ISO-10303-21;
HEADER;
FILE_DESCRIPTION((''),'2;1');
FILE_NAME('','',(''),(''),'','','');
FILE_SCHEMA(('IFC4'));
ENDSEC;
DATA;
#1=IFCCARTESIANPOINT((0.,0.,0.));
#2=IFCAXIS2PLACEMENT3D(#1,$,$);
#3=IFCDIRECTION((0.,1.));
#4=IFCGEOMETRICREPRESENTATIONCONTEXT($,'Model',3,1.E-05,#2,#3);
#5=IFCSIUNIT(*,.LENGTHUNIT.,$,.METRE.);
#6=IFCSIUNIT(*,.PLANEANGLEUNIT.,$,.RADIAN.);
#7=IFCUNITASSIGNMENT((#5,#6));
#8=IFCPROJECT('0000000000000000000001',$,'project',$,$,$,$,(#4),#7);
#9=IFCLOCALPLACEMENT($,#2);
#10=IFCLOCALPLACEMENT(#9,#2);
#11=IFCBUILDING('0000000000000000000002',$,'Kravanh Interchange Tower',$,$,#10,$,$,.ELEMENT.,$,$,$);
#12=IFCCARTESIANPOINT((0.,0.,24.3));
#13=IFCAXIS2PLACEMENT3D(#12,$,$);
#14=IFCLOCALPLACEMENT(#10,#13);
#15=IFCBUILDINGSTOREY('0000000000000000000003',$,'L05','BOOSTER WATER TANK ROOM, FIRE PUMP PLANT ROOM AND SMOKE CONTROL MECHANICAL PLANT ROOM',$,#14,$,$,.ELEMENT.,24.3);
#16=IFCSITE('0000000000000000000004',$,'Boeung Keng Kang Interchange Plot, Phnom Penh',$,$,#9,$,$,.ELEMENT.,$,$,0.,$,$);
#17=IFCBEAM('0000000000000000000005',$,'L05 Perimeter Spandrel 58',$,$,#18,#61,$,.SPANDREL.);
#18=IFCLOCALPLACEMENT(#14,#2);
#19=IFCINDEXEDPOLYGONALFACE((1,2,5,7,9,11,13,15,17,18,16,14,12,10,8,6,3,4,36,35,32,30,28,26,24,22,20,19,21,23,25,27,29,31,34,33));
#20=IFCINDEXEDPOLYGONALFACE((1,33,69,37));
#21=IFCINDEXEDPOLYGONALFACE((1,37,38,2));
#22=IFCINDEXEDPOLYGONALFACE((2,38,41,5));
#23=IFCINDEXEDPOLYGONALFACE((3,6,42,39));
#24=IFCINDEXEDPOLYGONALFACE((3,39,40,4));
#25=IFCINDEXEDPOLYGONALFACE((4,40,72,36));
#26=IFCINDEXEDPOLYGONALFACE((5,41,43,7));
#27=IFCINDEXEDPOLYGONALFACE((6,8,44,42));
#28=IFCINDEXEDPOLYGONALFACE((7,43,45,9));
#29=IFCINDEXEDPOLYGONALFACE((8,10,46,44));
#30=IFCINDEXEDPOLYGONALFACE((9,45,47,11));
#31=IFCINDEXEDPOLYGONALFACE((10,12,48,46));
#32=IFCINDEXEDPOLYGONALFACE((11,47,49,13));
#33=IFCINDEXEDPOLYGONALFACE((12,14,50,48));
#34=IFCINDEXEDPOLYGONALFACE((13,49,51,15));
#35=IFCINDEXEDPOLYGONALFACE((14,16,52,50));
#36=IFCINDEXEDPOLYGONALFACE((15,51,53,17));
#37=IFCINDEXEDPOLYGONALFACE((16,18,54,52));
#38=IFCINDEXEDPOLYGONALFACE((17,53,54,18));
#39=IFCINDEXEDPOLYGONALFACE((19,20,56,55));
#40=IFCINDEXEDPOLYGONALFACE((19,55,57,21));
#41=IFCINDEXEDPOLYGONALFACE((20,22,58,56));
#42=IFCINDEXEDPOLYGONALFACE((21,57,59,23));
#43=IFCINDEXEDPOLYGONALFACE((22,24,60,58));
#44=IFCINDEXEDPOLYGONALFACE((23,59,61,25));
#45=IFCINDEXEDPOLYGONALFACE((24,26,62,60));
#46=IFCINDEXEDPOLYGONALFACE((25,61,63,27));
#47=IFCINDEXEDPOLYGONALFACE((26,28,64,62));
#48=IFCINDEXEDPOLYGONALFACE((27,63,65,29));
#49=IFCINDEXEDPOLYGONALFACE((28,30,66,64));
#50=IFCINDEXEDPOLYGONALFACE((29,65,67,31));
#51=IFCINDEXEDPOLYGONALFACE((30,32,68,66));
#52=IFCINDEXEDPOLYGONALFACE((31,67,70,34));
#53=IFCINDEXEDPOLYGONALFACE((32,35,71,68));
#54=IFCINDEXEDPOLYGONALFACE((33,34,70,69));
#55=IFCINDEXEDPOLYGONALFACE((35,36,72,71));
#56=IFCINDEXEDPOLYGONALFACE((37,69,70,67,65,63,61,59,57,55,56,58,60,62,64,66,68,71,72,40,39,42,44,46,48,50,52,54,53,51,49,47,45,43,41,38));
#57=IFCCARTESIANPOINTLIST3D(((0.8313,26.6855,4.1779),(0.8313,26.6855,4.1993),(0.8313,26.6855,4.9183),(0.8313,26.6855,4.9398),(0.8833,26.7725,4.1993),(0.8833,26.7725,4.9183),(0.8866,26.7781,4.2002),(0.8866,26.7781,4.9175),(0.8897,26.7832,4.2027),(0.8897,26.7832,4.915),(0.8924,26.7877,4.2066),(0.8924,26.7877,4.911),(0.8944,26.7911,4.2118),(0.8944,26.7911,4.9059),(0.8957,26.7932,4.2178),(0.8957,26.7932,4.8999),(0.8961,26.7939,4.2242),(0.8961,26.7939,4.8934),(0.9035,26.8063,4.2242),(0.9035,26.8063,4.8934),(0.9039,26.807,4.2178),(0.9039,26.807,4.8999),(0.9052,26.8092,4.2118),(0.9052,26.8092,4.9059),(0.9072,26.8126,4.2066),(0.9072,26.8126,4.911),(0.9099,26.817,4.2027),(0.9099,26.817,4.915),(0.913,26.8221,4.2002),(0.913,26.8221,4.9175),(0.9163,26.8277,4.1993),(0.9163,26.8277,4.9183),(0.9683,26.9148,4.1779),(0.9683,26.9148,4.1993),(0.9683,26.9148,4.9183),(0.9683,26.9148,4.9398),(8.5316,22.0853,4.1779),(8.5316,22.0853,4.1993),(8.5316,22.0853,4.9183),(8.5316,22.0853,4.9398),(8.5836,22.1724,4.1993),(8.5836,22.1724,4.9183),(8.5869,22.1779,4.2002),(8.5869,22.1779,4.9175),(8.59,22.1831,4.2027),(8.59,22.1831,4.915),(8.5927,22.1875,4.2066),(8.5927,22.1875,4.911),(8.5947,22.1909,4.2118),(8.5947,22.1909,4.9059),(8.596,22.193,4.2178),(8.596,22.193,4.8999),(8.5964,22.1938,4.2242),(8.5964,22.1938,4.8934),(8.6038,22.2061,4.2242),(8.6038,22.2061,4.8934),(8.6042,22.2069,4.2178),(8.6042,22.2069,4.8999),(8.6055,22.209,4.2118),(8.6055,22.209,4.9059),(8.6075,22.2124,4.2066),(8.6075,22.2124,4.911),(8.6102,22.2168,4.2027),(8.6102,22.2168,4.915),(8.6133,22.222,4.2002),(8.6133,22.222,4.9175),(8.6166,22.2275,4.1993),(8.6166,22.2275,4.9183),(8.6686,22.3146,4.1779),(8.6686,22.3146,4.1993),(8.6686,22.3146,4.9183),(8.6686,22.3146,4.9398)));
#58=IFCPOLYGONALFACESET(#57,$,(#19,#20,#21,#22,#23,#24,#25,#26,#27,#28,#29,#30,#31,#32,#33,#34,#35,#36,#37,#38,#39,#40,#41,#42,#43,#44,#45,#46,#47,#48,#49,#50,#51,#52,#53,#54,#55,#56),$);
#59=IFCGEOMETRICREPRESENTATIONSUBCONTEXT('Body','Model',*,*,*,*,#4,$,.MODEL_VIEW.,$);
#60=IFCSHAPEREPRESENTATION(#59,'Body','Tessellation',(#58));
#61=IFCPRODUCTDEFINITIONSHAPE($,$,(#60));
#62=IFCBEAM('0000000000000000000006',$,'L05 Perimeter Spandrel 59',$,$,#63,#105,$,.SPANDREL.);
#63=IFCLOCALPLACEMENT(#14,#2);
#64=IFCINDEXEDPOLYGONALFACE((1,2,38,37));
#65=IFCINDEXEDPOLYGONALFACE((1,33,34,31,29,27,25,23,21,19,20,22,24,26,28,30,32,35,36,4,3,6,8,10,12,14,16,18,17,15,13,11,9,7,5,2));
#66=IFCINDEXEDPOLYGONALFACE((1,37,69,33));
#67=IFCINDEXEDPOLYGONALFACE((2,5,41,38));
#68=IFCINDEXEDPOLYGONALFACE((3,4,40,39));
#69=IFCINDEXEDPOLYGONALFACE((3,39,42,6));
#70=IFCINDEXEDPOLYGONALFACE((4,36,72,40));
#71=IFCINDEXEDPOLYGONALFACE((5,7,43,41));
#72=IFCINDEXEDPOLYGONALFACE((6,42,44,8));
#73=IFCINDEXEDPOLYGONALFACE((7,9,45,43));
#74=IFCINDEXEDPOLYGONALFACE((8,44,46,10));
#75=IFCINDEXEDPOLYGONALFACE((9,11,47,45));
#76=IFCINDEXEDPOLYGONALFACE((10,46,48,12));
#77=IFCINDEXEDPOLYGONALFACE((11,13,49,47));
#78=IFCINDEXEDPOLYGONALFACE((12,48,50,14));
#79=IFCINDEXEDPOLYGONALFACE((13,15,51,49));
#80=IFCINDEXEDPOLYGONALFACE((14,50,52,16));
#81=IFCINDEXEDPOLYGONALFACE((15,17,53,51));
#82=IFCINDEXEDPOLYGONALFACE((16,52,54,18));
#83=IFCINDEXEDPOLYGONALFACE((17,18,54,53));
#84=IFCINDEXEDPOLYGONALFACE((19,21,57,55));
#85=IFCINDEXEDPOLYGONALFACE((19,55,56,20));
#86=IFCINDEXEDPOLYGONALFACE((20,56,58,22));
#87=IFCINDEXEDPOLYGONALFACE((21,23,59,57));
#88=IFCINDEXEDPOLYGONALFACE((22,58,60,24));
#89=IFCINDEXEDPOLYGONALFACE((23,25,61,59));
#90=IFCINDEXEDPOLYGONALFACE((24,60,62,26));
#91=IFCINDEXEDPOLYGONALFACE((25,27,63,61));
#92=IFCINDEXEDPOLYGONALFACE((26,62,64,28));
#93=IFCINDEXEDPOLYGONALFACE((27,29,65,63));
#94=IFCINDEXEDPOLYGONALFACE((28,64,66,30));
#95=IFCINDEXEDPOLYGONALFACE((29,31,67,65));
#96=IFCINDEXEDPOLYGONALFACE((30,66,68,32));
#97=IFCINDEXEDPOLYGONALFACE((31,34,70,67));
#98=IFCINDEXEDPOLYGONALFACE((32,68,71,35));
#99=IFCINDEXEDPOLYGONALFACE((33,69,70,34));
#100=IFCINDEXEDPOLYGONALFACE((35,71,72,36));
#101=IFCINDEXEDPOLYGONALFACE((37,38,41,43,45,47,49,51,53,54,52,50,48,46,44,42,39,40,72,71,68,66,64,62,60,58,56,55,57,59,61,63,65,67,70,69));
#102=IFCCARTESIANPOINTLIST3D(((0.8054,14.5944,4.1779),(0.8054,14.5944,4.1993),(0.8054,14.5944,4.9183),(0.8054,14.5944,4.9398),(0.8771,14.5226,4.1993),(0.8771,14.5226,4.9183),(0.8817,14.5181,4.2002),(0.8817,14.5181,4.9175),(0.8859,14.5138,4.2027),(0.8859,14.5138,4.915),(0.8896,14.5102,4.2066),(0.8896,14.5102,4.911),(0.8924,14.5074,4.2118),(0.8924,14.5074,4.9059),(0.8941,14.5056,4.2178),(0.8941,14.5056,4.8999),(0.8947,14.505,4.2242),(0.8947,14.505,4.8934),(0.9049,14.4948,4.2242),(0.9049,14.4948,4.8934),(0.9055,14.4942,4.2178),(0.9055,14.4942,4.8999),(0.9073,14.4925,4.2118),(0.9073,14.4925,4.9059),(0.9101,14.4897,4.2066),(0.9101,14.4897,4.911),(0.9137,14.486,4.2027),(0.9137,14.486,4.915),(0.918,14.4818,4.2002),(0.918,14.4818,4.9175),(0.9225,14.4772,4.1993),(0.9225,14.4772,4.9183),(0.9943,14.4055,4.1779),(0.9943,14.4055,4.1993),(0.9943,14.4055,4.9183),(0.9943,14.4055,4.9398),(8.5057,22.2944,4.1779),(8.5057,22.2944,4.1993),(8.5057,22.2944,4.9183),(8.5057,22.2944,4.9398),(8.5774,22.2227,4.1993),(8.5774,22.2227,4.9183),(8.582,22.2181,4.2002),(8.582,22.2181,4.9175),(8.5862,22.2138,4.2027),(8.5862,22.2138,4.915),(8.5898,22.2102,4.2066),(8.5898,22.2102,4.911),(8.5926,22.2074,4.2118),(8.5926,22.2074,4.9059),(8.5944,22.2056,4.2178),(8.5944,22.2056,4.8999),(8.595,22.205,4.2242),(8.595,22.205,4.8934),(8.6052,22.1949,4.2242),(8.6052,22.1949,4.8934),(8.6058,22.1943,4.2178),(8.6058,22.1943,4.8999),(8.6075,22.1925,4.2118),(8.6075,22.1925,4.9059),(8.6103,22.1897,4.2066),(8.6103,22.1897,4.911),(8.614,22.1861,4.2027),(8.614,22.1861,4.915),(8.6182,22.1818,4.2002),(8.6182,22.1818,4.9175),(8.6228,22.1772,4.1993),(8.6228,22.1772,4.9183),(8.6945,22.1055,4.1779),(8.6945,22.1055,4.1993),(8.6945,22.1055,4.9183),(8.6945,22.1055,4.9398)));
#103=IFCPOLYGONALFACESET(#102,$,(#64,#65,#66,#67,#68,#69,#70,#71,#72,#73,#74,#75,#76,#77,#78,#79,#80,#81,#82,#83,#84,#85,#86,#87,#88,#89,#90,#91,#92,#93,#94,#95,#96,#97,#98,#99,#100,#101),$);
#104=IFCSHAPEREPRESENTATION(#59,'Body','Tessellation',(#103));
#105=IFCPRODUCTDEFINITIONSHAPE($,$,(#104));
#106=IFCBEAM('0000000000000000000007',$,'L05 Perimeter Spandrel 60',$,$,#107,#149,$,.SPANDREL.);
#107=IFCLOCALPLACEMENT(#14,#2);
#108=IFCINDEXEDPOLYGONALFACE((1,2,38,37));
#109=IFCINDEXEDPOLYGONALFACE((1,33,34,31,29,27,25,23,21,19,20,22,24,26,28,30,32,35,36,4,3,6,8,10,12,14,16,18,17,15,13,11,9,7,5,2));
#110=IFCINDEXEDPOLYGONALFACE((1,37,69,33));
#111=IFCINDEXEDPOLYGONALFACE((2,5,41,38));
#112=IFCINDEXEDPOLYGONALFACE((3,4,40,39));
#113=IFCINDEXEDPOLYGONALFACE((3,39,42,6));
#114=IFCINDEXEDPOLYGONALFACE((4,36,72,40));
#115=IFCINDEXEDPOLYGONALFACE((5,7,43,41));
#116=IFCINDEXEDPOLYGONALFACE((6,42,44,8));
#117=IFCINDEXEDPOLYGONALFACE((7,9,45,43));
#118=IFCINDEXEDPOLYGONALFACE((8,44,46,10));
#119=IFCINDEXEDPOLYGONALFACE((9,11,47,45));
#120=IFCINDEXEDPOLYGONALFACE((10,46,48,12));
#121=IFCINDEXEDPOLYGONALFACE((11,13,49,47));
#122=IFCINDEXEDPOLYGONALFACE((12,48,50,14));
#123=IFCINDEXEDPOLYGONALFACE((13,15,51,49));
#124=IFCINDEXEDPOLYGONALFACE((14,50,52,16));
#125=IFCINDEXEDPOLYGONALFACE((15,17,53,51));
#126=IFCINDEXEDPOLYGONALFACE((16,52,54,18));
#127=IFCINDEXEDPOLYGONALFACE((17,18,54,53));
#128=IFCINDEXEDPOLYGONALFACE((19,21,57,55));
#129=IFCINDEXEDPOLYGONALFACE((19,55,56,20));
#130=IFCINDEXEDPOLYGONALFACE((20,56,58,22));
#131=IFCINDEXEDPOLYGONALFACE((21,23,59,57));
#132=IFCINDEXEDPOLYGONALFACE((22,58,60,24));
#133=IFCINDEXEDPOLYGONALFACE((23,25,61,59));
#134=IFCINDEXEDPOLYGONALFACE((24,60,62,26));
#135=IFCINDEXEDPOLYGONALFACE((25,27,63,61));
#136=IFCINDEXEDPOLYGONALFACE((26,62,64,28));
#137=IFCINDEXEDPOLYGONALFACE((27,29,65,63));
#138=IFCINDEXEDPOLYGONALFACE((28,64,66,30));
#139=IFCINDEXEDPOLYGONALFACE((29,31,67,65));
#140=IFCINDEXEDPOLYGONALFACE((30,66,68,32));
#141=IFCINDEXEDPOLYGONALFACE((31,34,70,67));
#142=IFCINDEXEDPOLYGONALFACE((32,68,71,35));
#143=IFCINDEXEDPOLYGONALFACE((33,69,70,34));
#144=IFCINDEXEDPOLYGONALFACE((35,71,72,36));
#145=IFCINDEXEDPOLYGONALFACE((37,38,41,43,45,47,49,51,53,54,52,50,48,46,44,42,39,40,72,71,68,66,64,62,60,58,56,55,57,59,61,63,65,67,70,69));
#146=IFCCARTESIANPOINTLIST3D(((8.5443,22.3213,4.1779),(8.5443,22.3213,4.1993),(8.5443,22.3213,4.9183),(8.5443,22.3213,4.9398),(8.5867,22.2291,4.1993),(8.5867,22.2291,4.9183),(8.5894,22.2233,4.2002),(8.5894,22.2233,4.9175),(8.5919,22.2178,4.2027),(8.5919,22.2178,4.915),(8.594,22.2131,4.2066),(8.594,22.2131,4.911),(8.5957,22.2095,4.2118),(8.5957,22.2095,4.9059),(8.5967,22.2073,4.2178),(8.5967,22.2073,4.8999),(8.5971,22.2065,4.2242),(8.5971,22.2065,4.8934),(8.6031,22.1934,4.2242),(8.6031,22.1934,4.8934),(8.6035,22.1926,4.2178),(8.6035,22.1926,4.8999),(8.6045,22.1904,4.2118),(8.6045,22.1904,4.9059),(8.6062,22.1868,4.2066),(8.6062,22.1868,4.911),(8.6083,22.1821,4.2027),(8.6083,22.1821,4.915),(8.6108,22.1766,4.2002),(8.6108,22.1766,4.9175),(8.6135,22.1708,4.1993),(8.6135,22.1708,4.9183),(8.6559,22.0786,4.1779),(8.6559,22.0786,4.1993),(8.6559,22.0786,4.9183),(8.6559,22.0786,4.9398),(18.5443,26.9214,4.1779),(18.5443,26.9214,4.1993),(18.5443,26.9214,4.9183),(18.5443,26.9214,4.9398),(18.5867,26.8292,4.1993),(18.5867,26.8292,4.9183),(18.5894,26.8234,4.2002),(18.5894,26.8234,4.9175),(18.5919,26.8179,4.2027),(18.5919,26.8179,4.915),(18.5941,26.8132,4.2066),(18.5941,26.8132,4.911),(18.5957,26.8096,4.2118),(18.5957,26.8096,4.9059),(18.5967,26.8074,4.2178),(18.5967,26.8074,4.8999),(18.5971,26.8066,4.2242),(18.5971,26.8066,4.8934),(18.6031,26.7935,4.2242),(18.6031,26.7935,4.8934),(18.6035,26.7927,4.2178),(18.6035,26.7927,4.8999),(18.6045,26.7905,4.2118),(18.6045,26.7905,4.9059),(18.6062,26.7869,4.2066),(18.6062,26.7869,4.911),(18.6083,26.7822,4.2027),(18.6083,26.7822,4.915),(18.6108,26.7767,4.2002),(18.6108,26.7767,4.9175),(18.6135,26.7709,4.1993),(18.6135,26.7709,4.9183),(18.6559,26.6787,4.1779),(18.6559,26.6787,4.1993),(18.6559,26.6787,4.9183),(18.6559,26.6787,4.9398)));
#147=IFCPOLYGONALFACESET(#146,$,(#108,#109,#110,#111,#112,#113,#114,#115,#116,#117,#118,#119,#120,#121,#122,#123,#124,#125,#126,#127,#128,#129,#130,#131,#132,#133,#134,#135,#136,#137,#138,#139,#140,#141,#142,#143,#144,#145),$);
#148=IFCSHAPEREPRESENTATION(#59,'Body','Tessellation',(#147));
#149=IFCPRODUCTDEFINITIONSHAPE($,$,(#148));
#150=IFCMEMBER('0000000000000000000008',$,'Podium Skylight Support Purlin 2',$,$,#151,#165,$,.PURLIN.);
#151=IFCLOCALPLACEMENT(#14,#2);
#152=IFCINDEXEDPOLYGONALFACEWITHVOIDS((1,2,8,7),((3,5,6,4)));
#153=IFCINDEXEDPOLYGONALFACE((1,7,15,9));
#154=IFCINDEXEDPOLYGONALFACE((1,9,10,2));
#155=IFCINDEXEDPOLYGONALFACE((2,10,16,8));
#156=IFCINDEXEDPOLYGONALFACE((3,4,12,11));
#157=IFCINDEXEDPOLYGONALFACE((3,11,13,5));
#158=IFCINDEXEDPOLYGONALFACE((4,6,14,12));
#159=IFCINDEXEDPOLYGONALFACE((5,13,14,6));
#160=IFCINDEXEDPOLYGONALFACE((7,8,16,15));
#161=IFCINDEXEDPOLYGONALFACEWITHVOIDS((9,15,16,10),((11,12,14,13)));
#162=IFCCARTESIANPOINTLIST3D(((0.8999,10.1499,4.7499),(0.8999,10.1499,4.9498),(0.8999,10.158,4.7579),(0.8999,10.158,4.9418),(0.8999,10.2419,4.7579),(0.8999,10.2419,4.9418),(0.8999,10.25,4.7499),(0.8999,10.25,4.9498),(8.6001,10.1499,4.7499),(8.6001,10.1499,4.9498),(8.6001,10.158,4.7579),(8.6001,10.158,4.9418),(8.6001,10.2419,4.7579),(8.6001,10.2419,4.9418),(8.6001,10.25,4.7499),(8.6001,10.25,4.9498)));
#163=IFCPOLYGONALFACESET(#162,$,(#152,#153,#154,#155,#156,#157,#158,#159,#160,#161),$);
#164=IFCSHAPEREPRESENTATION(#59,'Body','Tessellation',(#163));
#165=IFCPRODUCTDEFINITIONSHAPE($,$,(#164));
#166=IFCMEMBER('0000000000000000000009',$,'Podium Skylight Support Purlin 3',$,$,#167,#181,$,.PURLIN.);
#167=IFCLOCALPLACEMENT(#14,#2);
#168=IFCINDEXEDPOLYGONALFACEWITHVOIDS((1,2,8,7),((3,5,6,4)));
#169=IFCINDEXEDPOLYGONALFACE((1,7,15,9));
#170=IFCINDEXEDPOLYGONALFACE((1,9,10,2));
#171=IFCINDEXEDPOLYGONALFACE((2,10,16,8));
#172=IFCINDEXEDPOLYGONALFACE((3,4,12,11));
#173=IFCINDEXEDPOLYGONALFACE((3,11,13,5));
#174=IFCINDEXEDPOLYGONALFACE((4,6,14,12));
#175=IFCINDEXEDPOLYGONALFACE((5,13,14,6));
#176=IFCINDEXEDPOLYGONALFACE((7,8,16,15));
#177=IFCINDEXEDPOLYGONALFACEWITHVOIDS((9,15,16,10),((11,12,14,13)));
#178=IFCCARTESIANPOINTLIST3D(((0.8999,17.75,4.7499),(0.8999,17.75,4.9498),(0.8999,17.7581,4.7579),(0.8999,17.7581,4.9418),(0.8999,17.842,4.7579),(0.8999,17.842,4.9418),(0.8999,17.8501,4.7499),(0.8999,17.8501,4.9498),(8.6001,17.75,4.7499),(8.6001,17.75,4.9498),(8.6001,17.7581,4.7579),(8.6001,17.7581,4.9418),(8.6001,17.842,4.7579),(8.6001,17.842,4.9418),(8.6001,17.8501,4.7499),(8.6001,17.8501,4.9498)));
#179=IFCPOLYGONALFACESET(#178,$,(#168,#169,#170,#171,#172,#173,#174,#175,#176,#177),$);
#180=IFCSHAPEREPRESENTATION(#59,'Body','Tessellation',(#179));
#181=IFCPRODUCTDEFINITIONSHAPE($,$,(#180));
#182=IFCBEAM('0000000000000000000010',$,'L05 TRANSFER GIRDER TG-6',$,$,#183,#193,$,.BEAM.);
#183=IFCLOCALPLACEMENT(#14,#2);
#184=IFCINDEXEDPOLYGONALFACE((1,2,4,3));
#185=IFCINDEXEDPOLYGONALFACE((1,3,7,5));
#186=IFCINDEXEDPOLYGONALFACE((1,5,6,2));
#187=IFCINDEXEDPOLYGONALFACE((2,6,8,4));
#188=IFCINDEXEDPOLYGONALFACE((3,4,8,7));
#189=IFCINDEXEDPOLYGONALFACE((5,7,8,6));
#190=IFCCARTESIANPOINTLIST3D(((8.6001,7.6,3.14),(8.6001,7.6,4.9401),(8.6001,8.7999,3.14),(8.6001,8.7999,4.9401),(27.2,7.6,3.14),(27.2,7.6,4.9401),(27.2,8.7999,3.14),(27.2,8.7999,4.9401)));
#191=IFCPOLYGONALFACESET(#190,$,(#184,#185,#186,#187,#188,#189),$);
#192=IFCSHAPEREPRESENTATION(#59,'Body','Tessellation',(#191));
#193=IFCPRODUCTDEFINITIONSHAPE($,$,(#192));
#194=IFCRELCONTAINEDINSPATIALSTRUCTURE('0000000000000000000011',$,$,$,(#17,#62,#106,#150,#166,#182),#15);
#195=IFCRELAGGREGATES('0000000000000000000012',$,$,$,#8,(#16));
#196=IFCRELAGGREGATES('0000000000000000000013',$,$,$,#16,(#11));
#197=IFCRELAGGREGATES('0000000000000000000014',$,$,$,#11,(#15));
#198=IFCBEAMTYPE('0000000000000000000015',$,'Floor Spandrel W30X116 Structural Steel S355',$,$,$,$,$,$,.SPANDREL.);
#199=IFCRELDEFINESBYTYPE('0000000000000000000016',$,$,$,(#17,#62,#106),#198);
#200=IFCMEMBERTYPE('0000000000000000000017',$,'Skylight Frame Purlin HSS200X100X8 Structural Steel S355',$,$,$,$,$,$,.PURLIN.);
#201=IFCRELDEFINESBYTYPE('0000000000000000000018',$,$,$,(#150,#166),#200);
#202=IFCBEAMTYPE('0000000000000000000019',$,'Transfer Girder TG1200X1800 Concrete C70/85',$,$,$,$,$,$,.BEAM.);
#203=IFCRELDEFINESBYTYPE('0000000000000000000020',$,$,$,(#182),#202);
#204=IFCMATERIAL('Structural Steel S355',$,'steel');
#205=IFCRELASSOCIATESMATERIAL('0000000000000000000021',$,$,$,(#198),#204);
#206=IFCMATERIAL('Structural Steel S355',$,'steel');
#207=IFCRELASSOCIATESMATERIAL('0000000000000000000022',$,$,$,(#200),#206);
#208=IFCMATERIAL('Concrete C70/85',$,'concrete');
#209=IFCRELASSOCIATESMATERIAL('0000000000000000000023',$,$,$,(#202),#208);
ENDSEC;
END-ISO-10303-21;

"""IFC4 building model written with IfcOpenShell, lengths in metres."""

from ifc_helpers import new_model, si_unit, direction, frame, origin, origin_2d, place, context, subcontext, project, spatial, rectangle, hollow_rectangle, i_section, extrude, material, material_profile, profile_set, type_object, element, save


model = new_model("IFC4")

# Units and contexts
model_context = context("Model", 3, precision=1e-05, world=origin(), true_north=direction((0.0, 1.0)))
body_context = subcontext(model_context, "Body", "Model", "MODEL_VIEW")
ifc_project = project(units=[si_unit("LENGTHUNIT", "METRE"), si_unit("PLANEANGLEUNIT", "RADIAN")], contexts=[model_context])

# Site, building, storey
site_placement = place(None, origin())
site = spatial("IfcSite", under=ifc_project, at=site_placement, Name="Boeung Keng Kang Interchange Plot, Phnom Penh", CompositionType="ELEMENT", RefElevation=0.0)
building_placement = place(site_placement, origin())
building = spatial("IfcBuilding", under=site, at=building_placement, Name="Kravanh Interchange Tower", CompositionType="ELEMENT")
storey_placement = place(building_placement, frame((0.0, 0.0, 24.3)))
storey = spatial("IfcBuildingStorey", under=building, at=storey_placement, Name="L05", Description="BOOSTER WATER TANK ROOM, FIRE PUMP PLANT ROOM AND SMOKE CONTROL MECHANICAL PLANT ROOM", CompositionType="ELEMENT", Elevation=24.3)

# Beams
ifc_material_1 = material(Name="Structural Steel S355", Category="steel")
ifc_material_profile_1 = material_profile(ifc_material_1, i_section(OverallWidth=0.2671, OverallDepth=0.762, WebThickness=0.0144, FlangeThickness=0.0215, FilletRadius=0.0249, at=origin_2d()), Name="W30X116")
ifc_profile_set_1 = profile_set([ifc_material_profile_1], Name="Structural Steel S355")
beam_type_1 = type_object("IfcBeamType", Name="Floor Spandrel W30X116 Structural Steel S355", PredefinedType="SPANDREL", material=ifc_profile_set_1)
beam_1_placement = place(storey_placement, frame((8.6001, 22.2, 4.5588), z_axis=(-0.858476, 0.512854, 0.0), x_axis=(-0.512854, -0.858476, 0.0)))
element("IfcBeam", 1, at=beam_1_placement, inside=storey, type_object=beam_type_1, Name="L05 Perimeter Spandrel 58", PredefinedType="SPANDREL", context=body_context, shape_type="SweptSolid", body=[
    extrude(i_section(OverallWidth=0.2671, OverallDepth=0.762, WebThickness=0.0144, FlangeThickness=0.0215, FilletRadius=0.0249, at=origin_2d()), origin(), (0.0, 0.0, 1.0), 8.9697),
])
beam_2_placement = place(storey_placement, frame((8.6001, 22.2, 4.5588), z_axis=(-0.707118, -0.707096, 0.0), x_axis=(0.707096, -0.707118, 0.0)))
element("IfcBeam", 2, at=beam_2_placement, inside=storey, type_object=beam_type_1, Name="L05 Perimeter Spandrel 59", PredefinedType="SPANDREL", context=body_context, shape_type="SweptSolid", body=[
    extrude(i_section(OverallWidth=0.2671, OverallDepth=0.762, WebThickness=0.0144, FlangeThickness=0.0215, FilletRadius=0.0249, at=origin_2d()), origin(), (0.0, 0.0, 1.0), 10.8896),
])
beam_3_placement = place(storey_placement, frame((8.6001, 22.2, 4.5588), z_axis=(0.908487, 0.417913, 0.0), x_axis=(-0.417913, 0.908487, 0.0)))
element("IfcBeam", 3, at=beam_3_placement, inside=storey, type_object=beam_type_1, Name="L05 Perimeter Spandrel 60", PredefinedType="SPANDREL", context=body_context, shape_type="SweptSolid", body=[
    extrude(i_section(OverallWidth=0.2671, OverallDepth=0.762, WebThickness=0.0144, FlangeThickness=0.0215, FilletRadius=0.0249, at=origin_2d()), origin(), (0.0, 0.0, 1.0), 11.0073),
])

# Members
ifc_material_2 = material(Name="Structural Steel S355", Category="steel")
ifc_material_profile_2 = material_profile(ifc_material_2, hollow_rectangle(XDim=0.1001, YDim=0.2, WallThickness=0.0081, at=origin_2d()), Name="HSS200X100X8")
ifc_profile_set_2 = profile_set([ifc_material_profile_2], Name="Structural Steel S355")
member_type = type_object("IfcMemberType", Name="Skylight Frame Purlin HSS200X100X8 Structural Steel S355", PredefinedType="PURLIN", material=ifc_profile_set_2)
for number, where, z_axis, x_axis, name in (
    (4, (0.8999, 10.2, 4.8499), (1.0, 0.0, 0.0), (0.0, 1.0, 0.0), "Podium Skylight Support Purlin 2"),
    (5, (0.8999, 17.8, 4.8499), (1.0, 0.0, 0.0), (0.0, 1.0, 0.0), "Podium Skylight Support Purlin 3"),
):
    element("IfcMember", number, at=place(storey_placement, frame(where, z_axis=z_axis, x_axis=x_axis)), inside=storey, type_object=member_type, Name=name, PredefinedType="PURLIN", context=body_context, shape_type="SweptSolid", body=[
        extrude(hollow_rectangle(XDim=0.1001, YDim=0.2, WallThickness=0.0081, at=origin_2d()), origin(), (0.0, 0.0, 1.0), 7.7002),
    ])

# Beam
ifc_material_3 = material(Name="Concrete C70/85", Category="concrete")
ifc_material_profile_3 = material_profile(ifc_material_3, rectangle(XDim=1.2, YDim=1.8, at=origin_2d()), Name="TG1200X1800")
ifc_profile_set_3 = profile_set([ifc_material_profile_3], Name="Concrete C70/85")
beam_type_2 = type_object("IfcBeamType", Name="Transfer Girder TG1200X1800 Concrete C70/85", PredefinedType="BEAM", material=ifc_profile_set_3)
beam_4_placement = place(storey_placement, frame((8.6001, 8.2, 4.04), z_axis=(1.0, 0.0, 0.0), x_axis=(0.0, 1.0, 0.0)))
element("IfcBeam", 6, at=beam_4_placement, inside=storey, type_object=beam_type_2, Name="L05 TRANSFER GIRDER TG-6", PredefinedType="BEAM", context=body_context, shape_type="SweptSolid", body=[
    extrude(rectangle(XDim=1.2, YDim=1.8, at=origin_2d()), origin(), (0.0, 0.0, 1.0), 18.5999),
])

save(model, "model.ifc")
